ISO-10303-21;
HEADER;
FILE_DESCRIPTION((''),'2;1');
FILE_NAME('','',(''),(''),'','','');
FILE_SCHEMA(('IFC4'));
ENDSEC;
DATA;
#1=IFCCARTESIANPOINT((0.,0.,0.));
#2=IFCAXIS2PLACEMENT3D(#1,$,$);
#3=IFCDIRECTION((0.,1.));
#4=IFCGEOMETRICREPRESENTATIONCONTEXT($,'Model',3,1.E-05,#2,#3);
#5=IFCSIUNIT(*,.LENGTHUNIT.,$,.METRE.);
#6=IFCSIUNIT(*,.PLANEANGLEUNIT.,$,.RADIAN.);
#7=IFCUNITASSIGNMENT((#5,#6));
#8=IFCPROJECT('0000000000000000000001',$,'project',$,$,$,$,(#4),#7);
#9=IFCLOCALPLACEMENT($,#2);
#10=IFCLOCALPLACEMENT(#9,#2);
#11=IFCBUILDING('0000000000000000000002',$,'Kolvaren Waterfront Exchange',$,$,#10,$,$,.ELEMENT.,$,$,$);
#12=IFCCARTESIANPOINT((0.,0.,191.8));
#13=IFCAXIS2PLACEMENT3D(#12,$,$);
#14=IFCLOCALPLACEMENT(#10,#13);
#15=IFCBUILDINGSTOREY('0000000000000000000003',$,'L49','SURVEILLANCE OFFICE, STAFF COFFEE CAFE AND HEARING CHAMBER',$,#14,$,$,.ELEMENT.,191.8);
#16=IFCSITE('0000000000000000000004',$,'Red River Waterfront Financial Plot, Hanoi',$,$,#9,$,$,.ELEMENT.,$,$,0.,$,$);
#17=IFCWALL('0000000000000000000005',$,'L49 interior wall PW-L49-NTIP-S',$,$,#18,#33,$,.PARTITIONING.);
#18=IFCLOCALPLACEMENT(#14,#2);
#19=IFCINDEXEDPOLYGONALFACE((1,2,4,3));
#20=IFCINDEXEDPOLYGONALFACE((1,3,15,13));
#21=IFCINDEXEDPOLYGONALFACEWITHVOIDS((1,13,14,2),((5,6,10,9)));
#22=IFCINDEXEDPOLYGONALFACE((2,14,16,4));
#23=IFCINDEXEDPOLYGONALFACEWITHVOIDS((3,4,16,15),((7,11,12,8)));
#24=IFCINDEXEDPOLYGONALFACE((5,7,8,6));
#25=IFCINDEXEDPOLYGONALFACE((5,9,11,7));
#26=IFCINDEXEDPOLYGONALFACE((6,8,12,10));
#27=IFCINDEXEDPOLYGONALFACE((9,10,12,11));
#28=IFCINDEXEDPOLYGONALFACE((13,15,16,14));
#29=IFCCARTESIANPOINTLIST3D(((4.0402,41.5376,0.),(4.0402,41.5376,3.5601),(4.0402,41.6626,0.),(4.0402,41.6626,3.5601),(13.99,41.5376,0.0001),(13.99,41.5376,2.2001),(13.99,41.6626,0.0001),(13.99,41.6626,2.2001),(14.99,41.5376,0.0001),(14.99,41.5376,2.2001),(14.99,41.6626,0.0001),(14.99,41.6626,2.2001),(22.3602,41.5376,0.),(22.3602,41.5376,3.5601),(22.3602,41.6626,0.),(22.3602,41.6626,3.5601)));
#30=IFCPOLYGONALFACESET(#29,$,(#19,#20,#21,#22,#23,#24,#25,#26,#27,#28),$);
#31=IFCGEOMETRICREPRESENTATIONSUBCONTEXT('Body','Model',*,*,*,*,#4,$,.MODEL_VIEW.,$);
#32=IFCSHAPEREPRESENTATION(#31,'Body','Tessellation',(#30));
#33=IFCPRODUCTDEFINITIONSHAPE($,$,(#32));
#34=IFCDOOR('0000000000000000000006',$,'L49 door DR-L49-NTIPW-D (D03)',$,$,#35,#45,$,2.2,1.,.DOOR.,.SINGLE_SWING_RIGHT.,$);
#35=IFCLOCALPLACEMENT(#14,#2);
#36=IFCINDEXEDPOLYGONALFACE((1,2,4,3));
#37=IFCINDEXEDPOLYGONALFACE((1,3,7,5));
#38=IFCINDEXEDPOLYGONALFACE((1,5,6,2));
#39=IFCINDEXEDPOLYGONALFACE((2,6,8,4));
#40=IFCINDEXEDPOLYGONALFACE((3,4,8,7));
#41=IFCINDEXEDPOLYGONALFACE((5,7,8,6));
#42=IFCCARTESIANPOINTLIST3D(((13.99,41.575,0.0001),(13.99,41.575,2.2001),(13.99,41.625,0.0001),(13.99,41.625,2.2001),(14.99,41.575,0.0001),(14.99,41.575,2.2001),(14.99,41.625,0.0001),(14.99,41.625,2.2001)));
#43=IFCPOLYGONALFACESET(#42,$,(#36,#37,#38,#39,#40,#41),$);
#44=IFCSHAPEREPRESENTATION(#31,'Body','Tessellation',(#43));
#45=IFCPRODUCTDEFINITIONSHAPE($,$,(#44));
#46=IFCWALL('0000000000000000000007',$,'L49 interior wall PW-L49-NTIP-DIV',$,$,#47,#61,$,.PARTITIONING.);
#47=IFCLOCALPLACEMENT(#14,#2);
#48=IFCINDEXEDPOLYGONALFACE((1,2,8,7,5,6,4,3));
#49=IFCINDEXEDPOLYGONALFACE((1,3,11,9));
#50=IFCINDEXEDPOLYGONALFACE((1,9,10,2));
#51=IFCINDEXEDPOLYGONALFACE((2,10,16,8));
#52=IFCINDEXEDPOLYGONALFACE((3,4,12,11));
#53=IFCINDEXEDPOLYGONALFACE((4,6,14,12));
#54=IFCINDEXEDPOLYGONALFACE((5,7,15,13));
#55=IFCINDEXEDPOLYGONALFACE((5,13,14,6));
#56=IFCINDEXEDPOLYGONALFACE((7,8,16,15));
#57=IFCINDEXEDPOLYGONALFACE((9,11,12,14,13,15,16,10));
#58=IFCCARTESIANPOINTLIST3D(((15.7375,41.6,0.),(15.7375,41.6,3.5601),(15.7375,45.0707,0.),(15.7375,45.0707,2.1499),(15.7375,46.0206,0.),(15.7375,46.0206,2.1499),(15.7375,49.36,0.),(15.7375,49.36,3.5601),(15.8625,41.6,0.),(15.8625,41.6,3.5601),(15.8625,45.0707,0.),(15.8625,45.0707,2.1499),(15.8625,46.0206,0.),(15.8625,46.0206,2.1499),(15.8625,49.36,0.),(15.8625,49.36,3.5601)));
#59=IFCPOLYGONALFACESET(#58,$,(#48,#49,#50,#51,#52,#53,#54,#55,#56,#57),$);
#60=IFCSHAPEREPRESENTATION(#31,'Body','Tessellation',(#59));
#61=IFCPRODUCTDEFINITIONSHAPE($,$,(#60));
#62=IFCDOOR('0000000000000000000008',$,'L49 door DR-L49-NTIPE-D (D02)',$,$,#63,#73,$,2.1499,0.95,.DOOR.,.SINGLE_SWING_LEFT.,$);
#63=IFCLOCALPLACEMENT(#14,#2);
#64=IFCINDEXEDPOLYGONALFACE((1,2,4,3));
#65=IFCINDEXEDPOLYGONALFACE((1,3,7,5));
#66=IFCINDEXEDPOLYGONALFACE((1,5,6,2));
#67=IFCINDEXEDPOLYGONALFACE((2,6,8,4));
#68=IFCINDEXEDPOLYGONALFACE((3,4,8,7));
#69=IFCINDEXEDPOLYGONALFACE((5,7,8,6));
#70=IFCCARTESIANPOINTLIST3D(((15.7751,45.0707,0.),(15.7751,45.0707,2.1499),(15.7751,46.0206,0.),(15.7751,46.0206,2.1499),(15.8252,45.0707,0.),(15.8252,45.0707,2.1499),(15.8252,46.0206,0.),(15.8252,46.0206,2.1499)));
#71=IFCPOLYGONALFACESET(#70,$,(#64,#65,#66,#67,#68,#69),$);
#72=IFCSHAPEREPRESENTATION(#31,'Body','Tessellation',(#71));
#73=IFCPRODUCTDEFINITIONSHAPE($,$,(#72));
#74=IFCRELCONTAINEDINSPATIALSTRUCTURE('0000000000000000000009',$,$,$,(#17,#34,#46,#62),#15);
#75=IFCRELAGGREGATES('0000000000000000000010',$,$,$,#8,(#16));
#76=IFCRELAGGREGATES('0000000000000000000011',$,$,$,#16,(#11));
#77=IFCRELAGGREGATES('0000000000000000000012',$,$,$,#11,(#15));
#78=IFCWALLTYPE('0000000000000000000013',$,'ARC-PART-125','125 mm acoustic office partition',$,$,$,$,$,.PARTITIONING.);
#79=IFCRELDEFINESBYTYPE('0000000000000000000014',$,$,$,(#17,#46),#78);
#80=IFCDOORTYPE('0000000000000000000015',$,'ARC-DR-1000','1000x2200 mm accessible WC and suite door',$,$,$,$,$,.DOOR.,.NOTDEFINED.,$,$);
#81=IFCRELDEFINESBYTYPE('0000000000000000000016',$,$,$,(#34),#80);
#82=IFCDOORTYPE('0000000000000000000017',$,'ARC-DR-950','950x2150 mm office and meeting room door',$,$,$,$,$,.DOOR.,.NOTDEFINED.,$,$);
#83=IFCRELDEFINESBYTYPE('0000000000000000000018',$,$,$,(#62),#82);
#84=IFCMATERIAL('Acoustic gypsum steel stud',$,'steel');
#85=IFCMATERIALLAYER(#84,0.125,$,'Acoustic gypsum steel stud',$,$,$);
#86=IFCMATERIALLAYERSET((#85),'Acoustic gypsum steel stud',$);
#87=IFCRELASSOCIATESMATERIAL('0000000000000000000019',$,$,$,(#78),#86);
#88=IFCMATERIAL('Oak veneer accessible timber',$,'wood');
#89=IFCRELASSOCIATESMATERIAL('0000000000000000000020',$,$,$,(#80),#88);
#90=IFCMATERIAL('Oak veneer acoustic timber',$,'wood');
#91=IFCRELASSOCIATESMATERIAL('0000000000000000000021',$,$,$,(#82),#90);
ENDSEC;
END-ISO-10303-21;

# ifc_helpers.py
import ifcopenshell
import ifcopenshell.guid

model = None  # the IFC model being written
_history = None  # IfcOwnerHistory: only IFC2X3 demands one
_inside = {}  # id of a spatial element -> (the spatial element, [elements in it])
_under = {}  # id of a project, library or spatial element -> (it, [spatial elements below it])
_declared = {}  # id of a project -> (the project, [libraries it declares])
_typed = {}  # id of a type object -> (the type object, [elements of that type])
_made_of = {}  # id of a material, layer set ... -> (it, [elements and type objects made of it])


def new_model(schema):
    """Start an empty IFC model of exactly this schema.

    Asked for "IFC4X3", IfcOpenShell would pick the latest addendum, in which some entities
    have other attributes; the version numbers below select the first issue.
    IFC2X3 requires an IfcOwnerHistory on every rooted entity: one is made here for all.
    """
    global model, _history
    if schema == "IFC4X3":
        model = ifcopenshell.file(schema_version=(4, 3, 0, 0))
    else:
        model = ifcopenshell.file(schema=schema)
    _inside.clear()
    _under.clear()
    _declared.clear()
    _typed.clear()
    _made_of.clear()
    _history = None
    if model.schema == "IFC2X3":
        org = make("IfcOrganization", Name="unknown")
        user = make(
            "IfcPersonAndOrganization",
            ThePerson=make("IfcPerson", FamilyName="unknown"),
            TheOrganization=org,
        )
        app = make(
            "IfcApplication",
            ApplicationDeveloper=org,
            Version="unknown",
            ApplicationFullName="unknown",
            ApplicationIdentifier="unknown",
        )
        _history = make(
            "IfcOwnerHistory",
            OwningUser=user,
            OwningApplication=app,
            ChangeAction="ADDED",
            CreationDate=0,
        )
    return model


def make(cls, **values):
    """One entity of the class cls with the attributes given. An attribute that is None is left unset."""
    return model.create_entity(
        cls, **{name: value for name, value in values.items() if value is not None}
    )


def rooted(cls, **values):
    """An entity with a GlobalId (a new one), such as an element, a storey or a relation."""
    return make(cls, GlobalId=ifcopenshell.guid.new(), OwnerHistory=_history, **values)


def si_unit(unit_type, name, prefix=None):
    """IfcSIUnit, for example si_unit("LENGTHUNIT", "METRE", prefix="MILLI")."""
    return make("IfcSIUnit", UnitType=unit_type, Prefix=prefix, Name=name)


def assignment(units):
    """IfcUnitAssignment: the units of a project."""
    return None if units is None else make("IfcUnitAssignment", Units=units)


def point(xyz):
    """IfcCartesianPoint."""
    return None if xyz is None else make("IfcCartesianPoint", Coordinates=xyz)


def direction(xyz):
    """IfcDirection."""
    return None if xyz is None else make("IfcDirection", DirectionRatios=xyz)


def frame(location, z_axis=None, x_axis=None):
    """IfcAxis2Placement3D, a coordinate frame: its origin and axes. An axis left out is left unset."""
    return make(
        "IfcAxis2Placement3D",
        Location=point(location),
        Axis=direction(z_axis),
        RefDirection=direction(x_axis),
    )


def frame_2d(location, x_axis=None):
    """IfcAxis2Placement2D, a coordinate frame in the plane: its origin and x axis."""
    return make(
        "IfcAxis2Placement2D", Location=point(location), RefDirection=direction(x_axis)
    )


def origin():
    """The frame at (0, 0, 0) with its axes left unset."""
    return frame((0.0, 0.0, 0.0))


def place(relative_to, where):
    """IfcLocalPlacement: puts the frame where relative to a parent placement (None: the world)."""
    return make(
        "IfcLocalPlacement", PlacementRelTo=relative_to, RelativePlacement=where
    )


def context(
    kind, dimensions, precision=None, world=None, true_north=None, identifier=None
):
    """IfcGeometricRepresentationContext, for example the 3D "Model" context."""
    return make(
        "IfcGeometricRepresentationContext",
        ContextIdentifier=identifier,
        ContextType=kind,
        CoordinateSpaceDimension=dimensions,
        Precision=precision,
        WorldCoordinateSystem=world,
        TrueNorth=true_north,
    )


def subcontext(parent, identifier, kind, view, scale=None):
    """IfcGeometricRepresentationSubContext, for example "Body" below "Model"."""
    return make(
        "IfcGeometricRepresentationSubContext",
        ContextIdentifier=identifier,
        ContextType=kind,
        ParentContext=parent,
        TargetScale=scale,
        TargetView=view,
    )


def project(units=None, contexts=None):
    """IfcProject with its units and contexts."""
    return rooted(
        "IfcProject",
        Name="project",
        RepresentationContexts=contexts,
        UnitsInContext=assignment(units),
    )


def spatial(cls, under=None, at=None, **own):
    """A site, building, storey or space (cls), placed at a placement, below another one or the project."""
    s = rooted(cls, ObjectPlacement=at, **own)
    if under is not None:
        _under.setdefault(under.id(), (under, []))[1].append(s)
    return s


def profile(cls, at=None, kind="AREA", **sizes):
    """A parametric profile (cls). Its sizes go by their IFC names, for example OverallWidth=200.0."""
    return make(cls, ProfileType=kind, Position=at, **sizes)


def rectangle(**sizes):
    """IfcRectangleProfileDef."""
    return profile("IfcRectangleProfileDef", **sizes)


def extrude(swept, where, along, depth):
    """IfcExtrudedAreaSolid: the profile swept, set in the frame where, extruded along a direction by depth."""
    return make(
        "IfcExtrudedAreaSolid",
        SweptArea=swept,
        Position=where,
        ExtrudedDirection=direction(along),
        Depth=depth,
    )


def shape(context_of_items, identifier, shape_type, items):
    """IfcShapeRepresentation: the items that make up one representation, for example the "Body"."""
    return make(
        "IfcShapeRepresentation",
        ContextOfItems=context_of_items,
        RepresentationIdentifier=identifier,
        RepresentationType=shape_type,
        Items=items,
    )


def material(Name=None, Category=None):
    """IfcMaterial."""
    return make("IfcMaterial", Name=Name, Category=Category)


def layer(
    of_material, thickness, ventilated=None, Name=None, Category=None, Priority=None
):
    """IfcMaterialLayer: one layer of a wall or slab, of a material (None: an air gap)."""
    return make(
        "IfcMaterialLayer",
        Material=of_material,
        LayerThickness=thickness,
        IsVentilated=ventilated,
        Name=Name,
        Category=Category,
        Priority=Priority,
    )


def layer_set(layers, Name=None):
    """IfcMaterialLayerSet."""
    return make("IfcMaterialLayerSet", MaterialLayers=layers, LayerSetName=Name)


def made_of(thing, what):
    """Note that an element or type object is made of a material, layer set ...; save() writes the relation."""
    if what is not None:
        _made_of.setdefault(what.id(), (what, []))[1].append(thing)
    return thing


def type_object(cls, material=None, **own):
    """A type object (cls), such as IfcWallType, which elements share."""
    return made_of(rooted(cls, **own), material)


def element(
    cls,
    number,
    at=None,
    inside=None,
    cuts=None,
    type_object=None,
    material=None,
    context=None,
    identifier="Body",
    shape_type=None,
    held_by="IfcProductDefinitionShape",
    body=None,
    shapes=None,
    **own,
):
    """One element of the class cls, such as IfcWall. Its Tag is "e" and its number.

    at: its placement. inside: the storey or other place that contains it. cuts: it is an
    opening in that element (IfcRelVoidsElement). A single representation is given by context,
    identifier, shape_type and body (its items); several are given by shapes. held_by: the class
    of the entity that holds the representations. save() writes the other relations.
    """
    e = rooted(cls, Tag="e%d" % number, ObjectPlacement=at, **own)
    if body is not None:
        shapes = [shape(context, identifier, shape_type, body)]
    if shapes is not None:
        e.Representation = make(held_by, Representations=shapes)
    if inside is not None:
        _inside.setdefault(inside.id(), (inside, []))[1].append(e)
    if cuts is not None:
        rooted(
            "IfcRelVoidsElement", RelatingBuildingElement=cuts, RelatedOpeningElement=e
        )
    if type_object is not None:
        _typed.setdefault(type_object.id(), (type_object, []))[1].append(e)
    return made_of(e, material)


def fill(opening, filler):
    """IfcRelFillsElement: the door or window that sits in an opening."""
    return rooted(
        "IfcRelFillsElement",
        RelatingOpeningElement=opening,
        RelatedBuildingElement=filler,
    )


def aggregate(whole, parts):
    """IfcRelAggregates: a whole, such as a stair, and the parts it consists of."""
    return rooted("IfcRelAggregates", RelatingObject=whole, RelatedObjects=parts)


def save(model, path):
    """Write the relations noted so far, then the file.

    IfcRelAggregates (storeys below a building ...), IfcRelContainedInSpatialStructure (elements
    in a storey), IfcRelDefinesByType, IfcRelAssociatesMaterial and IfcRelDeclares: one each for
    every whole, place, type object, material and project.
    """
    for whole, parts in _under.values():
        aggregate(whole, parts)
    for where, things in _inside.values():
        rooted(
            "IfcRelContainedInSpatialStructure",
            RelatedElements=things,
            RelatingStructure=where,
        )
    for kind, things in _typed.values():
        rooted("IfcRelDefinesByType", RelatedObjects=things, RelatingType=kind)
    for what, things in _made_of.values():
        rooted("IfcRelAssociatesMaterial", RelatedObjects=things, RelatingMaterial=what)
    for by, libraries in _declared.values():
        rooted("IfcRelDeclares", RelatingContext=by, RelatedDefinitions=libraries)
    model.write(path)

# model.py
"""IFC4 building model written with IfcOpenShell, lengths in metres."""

from ifc_helpers import new_model, si_unit, direction, frame, frame_2d, origin, place, context, subcontext, project, spatial, rectangle, extrude, material, layer, layer_set, type_object, element, fill, save


model = new_model("IFC4")

# Units and contexts
model_context = context("Model", 3, precision=1e-05, world=origin(), true_north=direction((0.0, 1.0)))
body_context = subcontext(model_context, "Body", "Model", "MODEL_VIEW")
ifc_project = project(units=[si_unit("LENGTHUNIT", "METRE"), si_unit("PLANEANGLEUNIT", "RADIAN")], contexts=[model_context])

# Site, building, storey
site_placement = place(None, origin())
site = spatial("IfcSite", under=ifc_project, at=site_placement, Name="Red River Waterfront Financial Plot, Hanoi", CompositionType="ELEMENT", RefElevation=0.0)
building_placement = place(site_placement, origin())
building = spatial("IfcBuilding", under=site, at=building_placement, Name="Kolvaren Waterfront Exchange", CompositionType="ELEMENT")
storey_placement = place(building_placement, frame((0.0, 0.0, 191.8)))
storey = spatial("IfcBuildingStorey", under=building, at=storey_placement, Name="L49", Description="SURVEILLANCE OFFICE, STAFF COFFEE CAFE AND HEARING CHAMBER", CompositionType="ELEMENT", Elevation=191.8)

# Walls, openings, doors
ifc_material_1 = material(Name="Acoustic gypsum steel stud", Category="steel")
ifc_layer_1 = layer(ifc_material_1, 0.125, Name="Acoustic gypsum steel stud")
ifc_layer_set_1 = layer_set([ifc_layer_1], Name="Acoustic gypsum steel stud")
wall_type_1 = type_object("IfcWallType", Name="ARC-PART-125", Description="125 mm acoustic office partition", PredefinedType="PARTITIONING", material=ifc_layer_set_1)
wall_1_placement = place(storey_placement, frame((4.04, 41.6001, 0.0), z_axis=(0.0, 0.0, 1.0), x_axis=(1.0, 0.0, 0.0)))
wall_1 = element("IfcWall", 1, at=wall_1_placement, inside=storey, type_object=wall_type_1, Name="L49 interior wall PW-L49-NTIP-S", PredefinedType="PARTITIONING", context=body_context, shape_type="SweptSolid", body=[
    extrude(rectangle(XDim=18.3201, YDim=0.125, at=frame_2d((9.1602, 0.0))), origin(), (0.0, 0.0, 1.0), 3.5601),
])
opening_1_placement = place(wall_1_placement, frame((9.95, 0.0, 0.0)))
opening_1 = element("IfcOpeningElement", 2, at=opening_1_placement, cuts=wall_1, PredefinedType="OPENING", context=body_context, shape_type="SweptSolid", body=[
    extrude(rectangle(XDim=1.0, YDim=2.2, at=frame_2d((0.5, 1.1001))), frame((0.0, 0.0725, 0.0), z_axis=(0.0, -1.0, 0.0), x_axis=(1.0, 0.0, 0.0)), (0.0, 0.0, 1.0), 0.145),
])
ifc_material_2 = material(Name="Oak veneer accessible timber", Category="wood")
door_type_1 = type_object("IfcDoorType", Name="ARC-DR-1000", Description="1000x2200 mm accessible WC and suite door", OperationType="NOTDEFINED", PredefinedType="DOOR", material=ifc_material_2)
door_1_placement = place(opening_1_placement, origin())
door_1 = element("IfcDoor", 3, at=door_1_placement, inside=storey, type_object=door_type_1, Name="L49 door DR-L49-NTIPW-D (D03)", OperationType="SINGLE_SWING_RIGHT", OverallHeight=2.2, OverallWidth=1.0, PredefinedType="DOOR", context=body_context, shape_type="SweptSolid", body=[
    extrude(rectangle(XDim=1.0, YDim=2.2, at=frame_2d((0.5, 1.1001))), frame((0.0, 0.0249, 0.0), z_axis=(0.0, -1.0, 0.0), x_axis=(1.0, 0.0, 0.0)), (0.0, 0.0, 1.0), 0.05),
])
fill(opening_1, door_1)
wall_2_placement = place(storey_placement, frame((15.8, 41.6001, 0.0), z_axis=(0.0, 0.0, 1.0), x_axis=(0.0, 1.0, 0.0)))
wall_2 = element("IfcWall", 4, at=wall_2_placement, inside=storey, type_object=wall_type_1, Name="L49 interior wall PW-L49-NTIP-DIV", PredefinedType="PARTITIONING", context=body_context, shape_type="SweptSolid", body=[
    extrude(rectangle(XDim=7.76, YDim=0.125, at=frame_2d((3.8799, 0.0))), origin(), (0.0, 0.0, 1.0), 3.5601),
])
opening_2_placement = place(wall_2_placement, frame((3.4705, 0.0, 0.0)))
opening_2 = element("IfcOpeningElement", 5, at=opening_2_placement, cuts=wall_2, PredefinedType="OPENING", context=body_context, shape_type="SweptSolid", body=[
    extrude(rectangle(XDim=0.95, YDim=2.1499, at=frame_2d((0.4751, 1.075))), frame((0.0, 0.0725, 0.0), z_axis=(0.0, -1.0, 0.0), x_axis=(1.0, 0.0, 0.0)), (0.0, 0.0, 1.0), 0.145),
])
ifc_material_3 = material(Name="Oak veneer acoustic timber", Category="wood")
door_type_2 = type_object("IfcDoorType", Name="ARC-DR-950", Description="950x2150 mm office and meeting room door", OperationType="NOTDEFINED", PredefinedType="DOOR", material=ifc_material_3)
door_2_placement = place(opening_2_placement, origin())
door_2 = element("IfcDoor", 6, at=door_2_placement, inside=storey, type_object=door_type_2, Name="L49 door DR-L49-NTIPE-D (D02)", OperationType="SINGLE_SWING_LEFT", OverallHeight=2.1499, OverallWidth=0.95, PredefinedType="DOOR", context=body_context, shape_type="SweptSolid", body=[
    extrude(rectangle(XDim=0.95, YDim=2.1499, at=frame_2d((0.4751, 1.075))), frame((0.0, 0.0249, 0.0), z_axis=(0.0, -1.0, 0.0), x_axis=(1.0, 0.0, 0.0)), (0.0, 0.0, 1.0), 0.05),
])
fill(opening_2, door_2)

save(model, "model.ifc")
